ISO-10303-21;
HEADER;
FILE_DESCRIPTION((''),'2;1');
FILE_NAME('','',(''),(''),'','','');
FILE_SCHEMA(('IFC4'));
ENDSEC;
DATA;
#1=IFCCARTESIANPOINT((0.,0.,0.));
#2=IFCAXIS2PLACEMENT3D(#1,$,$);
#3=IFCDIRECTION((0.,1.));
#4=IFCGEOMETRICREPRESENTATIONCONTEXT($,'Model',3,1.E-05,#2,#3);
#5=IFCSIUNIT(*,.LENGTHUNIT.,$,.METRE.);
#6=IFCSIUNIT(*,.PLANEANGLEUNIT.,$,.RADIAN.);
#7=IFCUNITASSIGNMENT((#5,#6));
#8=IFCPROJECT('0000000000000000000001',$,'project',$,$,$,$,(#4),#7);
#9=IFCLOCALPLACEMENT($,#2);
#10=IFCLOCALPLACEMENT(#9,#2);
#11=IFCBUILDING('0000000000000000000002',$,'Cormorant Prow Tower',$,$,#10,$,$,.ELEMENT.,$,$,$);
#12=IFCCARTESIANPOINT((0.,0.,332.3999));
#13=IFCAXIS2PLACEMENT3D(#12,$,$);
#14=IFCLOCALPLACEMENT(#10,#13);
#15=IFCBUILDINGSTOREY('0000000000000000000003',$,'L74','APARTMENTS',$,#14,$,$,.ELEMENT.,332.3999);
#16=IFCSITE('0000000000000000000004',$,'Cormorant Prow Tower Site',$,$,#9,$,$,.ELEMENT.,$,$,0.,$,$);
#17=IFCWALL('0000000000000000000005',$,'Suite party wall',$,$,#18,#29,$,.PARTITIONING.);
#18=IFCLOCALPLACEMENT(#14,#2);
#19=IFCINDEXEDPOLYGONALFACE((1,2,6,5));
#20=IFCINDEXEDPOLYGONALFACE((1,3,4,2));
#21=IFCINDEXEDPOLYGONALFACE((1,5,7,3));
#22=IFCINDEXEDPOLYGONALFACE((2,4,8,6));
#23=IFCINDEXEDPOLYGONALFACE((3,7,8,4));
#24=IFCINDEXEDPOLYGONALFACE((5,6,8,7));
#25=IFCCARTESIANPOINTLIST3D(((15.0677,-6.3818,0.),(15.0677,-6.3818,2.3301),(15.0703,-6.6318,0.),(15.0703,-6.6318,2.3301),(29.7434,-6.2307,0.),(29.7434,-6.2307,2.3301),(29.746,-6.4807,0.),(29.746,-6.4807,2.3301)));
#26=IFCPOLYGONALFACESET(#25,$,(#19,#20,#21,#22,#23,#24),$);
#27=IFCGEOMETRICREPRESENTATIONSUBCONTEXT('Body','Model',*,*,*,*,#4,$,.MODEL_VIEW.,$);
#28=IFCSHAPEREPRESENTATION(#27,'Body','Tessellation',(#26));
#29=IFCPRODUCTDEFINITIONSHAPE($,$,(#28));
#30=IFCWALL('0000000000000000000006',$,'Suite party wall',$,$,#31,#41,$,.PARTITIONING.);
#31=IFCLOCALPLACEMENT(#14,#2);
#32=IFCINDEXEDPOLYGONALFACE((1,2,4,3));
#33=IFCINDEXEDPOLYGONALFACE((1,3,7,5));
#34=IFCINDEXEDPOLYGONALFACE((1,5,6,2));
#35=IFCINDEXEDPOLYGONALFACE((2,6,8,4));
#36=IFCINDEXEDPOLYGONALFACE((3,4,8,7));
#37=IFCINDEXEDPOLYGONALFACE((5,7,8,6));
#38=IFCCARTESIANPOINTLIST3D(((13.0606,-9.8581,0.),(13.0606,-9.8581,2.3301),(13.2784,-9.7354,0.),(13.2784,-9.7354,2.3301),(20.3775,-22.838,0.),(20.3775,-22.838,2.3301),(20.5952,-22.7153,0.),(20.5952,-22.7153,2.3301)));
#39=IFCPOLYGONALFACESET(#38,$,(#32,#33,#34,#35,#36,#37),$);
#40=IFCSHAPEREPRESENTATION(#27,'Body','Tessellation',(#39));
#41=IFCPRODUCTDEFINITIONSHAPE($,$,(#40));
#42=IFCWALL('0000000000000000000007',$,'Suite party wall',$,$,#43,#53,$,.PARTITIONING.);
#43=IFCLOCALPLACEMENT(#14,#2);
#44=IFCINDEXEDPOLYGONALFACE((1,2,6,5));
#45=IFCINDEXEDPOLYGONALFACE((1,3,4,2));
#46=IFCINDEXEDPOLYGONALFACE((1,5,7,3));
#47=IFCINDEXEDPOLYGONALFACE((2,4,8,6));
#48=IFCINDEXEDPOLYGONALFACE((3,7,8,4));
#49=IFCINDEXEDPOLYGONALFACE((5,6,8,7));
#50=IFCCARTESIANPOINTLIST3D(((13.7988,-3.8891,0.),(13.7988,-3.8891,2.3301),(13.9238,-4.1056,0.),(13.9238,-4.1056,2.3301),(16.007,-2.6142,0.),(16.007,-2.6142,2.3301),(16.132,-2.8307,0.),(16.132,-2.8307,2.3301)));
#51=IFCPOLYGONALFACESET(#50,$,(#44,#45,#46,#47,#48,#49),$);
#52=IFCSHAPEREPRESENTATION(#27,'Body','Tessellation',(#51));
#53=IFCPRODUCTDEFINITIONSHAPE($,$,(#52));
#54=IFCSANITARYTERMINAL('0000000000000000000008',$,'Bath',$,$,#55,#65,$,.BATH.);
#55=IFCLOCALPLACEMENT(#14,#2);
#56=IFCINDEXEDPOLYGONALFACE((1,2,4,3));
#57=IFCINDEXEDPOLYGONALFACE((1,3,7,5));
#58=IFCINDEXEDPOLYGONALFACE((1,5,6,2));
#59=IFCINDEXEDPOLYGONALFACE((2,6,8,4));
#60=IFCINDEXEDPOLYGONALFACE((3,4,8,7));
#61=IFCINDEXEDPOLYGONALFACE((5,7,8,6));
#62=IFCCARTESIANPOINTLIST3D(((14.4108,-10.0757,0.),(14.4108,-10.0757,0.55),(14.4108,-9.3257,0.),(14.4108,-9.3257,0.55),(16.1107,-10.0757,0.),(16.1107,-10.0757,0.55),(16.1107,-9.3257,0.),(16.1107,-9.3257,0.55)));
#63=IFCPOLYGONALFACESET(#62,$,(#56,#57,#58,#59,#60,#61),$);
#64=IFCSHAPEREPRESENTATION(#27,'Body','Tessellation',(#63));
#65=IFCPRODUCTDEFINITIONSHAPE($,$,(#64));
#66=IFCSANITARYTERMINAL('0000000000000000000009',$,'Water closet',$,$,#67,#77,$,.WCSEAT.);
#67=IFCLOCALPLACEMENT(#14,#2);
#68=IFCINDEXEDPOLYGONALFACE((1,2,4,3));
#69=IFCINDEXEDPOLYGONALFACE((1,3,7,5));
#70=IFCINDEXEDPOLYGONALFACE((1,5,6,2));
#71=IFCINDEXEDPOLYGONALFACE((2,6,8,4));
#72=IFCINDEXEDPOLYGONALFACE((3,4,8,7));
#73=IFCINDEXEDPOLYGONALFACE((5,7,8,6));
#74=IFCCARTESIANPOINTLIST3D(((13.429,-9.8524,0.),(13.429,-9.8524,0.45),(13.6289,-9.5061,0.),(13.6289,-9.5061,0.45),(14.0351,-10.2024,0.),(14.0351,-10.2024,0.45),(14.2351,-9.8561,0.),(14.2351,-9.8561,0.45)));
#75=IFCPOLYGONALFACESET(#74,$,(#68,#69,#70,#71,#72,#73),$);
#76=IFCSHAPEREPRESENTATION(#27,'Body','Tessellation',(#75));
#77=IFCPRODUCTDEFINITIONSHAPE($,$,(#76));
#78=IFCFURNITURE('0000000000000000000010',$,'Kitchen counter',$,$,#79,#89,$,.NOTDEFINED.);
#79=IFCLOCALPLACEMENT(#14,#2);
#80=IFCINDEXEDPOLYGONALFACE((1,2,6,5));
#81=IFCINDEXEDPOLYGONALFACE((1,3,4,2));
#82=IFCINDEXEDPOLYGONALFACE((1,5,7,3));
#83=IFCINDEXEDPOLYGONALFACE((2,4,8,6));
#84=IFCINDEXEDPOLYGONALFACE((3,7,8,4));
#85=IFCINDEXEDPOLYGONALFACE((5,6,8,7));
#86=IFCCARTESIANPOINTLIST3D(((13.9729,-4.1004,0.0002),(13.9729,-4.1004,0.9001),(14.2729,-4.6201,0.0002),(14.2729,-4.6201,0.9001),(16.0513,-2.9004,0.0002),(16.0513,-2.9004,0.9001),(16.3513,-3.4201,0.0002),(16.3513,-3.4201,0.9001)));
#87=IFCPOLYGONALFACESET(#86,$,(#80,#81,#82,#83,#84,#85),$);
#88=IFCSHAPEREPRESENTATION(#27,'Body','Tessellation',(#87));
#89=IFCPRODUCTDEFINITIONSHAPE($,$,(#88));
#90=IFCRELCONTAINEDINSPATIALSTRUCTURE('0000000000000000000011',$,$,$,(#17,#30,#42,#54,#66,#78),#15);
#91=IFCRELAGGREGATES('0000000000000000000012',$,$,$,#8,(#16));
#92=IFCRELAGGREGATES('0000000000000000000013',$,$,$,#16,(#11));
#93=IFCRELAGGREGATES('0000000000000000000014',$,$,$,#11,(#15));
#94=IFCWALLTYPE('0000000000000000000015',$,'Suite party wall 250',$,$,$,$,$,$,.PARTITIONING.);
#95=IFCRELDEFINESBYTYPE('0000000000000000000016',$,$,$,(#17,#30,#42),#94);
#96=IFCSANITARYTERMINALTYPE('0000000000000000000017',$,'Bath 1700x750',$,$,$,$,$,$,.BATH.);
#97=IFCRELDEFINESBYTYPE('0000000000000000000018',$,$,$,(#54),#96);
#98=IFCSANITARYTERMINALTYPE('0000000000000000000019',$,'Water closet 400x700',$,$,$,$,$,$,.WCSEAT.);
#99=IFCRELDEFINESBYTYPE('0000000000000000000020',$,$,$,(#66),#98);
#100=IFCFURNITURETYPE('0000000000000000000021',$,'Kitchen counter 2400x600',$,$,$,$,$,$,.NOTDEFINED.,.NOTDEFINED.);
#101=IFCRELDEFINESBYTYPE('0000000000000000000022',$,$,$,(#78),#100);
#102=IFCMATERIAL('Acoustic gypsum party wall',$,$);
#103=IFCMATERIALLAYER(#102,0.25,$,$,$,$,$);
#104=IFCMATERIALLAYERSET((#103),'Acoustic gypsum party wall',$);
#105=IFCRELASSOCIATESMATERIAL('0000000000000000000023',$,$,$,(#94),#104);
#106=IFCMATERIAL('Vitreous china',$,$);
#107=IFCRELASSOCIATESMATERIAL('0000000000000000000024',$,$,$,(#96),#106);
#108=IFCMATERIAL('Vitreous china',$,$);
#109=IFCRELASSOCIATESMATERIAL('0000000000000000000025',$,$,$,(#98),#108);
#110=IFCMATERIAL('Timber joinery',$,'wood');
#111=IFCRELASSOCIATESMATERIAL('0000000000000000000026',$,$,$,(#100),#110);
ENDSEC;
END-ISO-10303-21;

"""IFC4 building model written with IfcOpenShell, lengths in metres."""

from ifc_helpers import new_model, si_unit, direction, frame, frame_2d, origin, origin_2d, place, context, subcontext, project, spatial, rectangle, extrude, material, layer, layer_set, type_object, element, save


model = new_model("IFC4")

# Units and contexts
model_context = context("Model", 3, precision=1e-05, world=origin(), true_north=direction((0.0, 1.0)))
body_context = subcontext(model_context, "Body", "Model", "MODEL_VIEW")
ifc_project = project(units=[si_unit("LENGTHUNIT", "METRE"), si_unit("PLANEANGLEUNIT", "RADIAN")], contexts=[model_context])

# Site, building, storey
site_placement = place(None, origin())
site = spatial("IfcSite", under=ifc_project, at=site_placement, Name="Cormorant Prow Tower Site", CompositionType="ELEMENT", RefElevation=0.0)
building_placement = place(site_placement, origin())
building = spatial("IfcBuilding", under=site, at=building_placement, Name="Cormorant Prow Tower", CompositionType="ELEMENT")
storey_placement = place(building_placement, frame((0.0, 0.0, 332.3999)))
storey = spatial("IfcBuildingStorey", under=building, at=storey_placement, Name="L74", Description="APARTMENTS", CompositionType="ELEMENT", Elevation=332.3999)

# Walls
ifc_material_1 = material(Name="Acoustic gypsum party wall")
ifc_layer_1 = layer(ifc_material_1, 0.25)
ifc_layer_set_1 = layer_set([ifc_layer_1], Name="Acoustic gypsum party wall")
wall_type_1 = type_object("IfcWallType", Name="Suite party wall 250", PredefinedType="PARTITIONING", material=ifc_layer_set_1)
wall_1_placement = place(storey_placement, frame((15.0688, -6.5068, 0.0), z_axis=(0.0, 0.0, 1.0), x_axis=(0.999947, 0.010297, 0.0)))
element("IfcWall", 1, at=wall_1_placement, inside=storey, type_object=wall_type_1, Name="Suite party wall", PredefinedType="PARTITIONING", context=body_context, shape_type="SweptSolid", body=[
    extrude(rectangle(XDim=14.6765, YDim=0.25, at=frame_2d((7.3384, 0.0))), origin(), (0.0, 0.0, 1.0), 2.3301),
])
wall_2_placement = place(storey_placement, frame((13.1694, -9.7966, 0.0), z_axis=(0.0, 0.0, 1.0), x_axis=(0.491059, -0.871126, 0.0)))
element("IfcWall", 2, at=wall_2_placement, inside=storey, type_object=wall_type_1, Name="Suite party wall", PredefinedType="PARTITIONING", context=body_context, shape_type="SweptSolid", body=[
    extrude(rectangle(XDim=14.9001, YDim=0.25, at=frame_2d((7.4502, 0.0))), origin(), (0.0, 0.0, 1.0), 2.3301),
])
wall_3_placement = place(storey_placement, frame((13.8613, -3.9973, 0.0), z_axis=(0.0, 0.0, 1.0), x_axis=(0.866031, 0.49999, 0.0)))
element("IfcWall", 3, at=wall_3_placement, inside=storey, type_object=wall_type_1, Name="Suite party wall", PredefinedType="PARTITIONING", context=body_context, shape_type="SweptSolid", body=[
    extrude(rectangle(XDim=2.5498, YDim=0.25, at=frame_2d((1.2749, 0.0))), origin(), (0.0, 0.0, 1.0), 2.3301),
])

# Sanitary terminals
ifc_material_2 = material(Name="Vitreous china")
sanitary_terminal_type_1 = type_object("IfcSanitaryTerminalType", Name="Bath 1700x750", PredefinedType="BATH", material=ifc_material_2)
sanitary_terminal_1_placement = place(storey_placement, frame((15.2607, -9.7007, 0.0), z_axis=(0.0, 0.0, 1.0), x_axis=(1.0, 0.0, 0.0)))
element("IfcSanitaryTerminal", 4, at=sanitary_terminal_1_placement, inside=storey, type_object=sanitary_terminal_type_1, Name="Bath", PredefinedType="BATH", context=body_context, shape_type="SweptSolid", body=[
    extrude(rectangle(XDim=1.7, YDim=0.75, at=origin_2d()), origin(), (0.0, 0.0, 1.0), 0.55),
])
ifc_material_3 = material(Name="Vitreous china")
sanitary_terminal_type_2 = type_object("IfcSanitaryTerminalType", Name="Water closet 400x700", PredefinedType="WCSEAT", material=ifc_material_3)
sanitary_terminal_2_placement = place(storey_placement, frame((13.832, -9.8542, 0.0), z_axis=(0.0, 0.0, 1.0), x_axis=(0.5, 0.866025, 0.0)))
element("IfcSanitaryTerminal", 5, at=sanitary_terminal_2_placement, inside=storey, type_object=sanitary_terminal_type_2, Name="Water closet", PredefinedType="WCSEAT", context=body_context, shape_type="SweptSolid", body=[
    extrude(rectangle(XDim=0.3999, YDim=0.7, at=origin_2d()), origin(), (0.0, 0.0, 1.0), 0.45),
])

# Furniture
ifc_material_4 = material(Name="Timber joinery", Category="wood")
furniture_type = type_object("IfcFurnitureType", Name="Kitchen counter 2400x600", AssemblyPlace="NOTDEFINED", PredefinedType="NOTDEFINED", material=ifc_material_4)
furniture_placement = place(storey_placement, frame((15.1621, -3.7603, 0.0002), z_axis=(0.0, 0.0, 1.0), x_axis=(0.866025, 0.5, 0.0)))
element("IfcFurniture", 6, at=furniture_placement, inside=storey, type_object=furniture_type, Name="Kitchen counter", PredefinedType="NOTDEFINED", context=body_context, shape_type="SweptSolid", body=[
    extrude(rectangle(XDim=2.3999, YDim=0.6001, at=origin_2d()), origin(), (0.0, 0.0, 1.0), 0.8999),
])

save(model, "model.ifc")
